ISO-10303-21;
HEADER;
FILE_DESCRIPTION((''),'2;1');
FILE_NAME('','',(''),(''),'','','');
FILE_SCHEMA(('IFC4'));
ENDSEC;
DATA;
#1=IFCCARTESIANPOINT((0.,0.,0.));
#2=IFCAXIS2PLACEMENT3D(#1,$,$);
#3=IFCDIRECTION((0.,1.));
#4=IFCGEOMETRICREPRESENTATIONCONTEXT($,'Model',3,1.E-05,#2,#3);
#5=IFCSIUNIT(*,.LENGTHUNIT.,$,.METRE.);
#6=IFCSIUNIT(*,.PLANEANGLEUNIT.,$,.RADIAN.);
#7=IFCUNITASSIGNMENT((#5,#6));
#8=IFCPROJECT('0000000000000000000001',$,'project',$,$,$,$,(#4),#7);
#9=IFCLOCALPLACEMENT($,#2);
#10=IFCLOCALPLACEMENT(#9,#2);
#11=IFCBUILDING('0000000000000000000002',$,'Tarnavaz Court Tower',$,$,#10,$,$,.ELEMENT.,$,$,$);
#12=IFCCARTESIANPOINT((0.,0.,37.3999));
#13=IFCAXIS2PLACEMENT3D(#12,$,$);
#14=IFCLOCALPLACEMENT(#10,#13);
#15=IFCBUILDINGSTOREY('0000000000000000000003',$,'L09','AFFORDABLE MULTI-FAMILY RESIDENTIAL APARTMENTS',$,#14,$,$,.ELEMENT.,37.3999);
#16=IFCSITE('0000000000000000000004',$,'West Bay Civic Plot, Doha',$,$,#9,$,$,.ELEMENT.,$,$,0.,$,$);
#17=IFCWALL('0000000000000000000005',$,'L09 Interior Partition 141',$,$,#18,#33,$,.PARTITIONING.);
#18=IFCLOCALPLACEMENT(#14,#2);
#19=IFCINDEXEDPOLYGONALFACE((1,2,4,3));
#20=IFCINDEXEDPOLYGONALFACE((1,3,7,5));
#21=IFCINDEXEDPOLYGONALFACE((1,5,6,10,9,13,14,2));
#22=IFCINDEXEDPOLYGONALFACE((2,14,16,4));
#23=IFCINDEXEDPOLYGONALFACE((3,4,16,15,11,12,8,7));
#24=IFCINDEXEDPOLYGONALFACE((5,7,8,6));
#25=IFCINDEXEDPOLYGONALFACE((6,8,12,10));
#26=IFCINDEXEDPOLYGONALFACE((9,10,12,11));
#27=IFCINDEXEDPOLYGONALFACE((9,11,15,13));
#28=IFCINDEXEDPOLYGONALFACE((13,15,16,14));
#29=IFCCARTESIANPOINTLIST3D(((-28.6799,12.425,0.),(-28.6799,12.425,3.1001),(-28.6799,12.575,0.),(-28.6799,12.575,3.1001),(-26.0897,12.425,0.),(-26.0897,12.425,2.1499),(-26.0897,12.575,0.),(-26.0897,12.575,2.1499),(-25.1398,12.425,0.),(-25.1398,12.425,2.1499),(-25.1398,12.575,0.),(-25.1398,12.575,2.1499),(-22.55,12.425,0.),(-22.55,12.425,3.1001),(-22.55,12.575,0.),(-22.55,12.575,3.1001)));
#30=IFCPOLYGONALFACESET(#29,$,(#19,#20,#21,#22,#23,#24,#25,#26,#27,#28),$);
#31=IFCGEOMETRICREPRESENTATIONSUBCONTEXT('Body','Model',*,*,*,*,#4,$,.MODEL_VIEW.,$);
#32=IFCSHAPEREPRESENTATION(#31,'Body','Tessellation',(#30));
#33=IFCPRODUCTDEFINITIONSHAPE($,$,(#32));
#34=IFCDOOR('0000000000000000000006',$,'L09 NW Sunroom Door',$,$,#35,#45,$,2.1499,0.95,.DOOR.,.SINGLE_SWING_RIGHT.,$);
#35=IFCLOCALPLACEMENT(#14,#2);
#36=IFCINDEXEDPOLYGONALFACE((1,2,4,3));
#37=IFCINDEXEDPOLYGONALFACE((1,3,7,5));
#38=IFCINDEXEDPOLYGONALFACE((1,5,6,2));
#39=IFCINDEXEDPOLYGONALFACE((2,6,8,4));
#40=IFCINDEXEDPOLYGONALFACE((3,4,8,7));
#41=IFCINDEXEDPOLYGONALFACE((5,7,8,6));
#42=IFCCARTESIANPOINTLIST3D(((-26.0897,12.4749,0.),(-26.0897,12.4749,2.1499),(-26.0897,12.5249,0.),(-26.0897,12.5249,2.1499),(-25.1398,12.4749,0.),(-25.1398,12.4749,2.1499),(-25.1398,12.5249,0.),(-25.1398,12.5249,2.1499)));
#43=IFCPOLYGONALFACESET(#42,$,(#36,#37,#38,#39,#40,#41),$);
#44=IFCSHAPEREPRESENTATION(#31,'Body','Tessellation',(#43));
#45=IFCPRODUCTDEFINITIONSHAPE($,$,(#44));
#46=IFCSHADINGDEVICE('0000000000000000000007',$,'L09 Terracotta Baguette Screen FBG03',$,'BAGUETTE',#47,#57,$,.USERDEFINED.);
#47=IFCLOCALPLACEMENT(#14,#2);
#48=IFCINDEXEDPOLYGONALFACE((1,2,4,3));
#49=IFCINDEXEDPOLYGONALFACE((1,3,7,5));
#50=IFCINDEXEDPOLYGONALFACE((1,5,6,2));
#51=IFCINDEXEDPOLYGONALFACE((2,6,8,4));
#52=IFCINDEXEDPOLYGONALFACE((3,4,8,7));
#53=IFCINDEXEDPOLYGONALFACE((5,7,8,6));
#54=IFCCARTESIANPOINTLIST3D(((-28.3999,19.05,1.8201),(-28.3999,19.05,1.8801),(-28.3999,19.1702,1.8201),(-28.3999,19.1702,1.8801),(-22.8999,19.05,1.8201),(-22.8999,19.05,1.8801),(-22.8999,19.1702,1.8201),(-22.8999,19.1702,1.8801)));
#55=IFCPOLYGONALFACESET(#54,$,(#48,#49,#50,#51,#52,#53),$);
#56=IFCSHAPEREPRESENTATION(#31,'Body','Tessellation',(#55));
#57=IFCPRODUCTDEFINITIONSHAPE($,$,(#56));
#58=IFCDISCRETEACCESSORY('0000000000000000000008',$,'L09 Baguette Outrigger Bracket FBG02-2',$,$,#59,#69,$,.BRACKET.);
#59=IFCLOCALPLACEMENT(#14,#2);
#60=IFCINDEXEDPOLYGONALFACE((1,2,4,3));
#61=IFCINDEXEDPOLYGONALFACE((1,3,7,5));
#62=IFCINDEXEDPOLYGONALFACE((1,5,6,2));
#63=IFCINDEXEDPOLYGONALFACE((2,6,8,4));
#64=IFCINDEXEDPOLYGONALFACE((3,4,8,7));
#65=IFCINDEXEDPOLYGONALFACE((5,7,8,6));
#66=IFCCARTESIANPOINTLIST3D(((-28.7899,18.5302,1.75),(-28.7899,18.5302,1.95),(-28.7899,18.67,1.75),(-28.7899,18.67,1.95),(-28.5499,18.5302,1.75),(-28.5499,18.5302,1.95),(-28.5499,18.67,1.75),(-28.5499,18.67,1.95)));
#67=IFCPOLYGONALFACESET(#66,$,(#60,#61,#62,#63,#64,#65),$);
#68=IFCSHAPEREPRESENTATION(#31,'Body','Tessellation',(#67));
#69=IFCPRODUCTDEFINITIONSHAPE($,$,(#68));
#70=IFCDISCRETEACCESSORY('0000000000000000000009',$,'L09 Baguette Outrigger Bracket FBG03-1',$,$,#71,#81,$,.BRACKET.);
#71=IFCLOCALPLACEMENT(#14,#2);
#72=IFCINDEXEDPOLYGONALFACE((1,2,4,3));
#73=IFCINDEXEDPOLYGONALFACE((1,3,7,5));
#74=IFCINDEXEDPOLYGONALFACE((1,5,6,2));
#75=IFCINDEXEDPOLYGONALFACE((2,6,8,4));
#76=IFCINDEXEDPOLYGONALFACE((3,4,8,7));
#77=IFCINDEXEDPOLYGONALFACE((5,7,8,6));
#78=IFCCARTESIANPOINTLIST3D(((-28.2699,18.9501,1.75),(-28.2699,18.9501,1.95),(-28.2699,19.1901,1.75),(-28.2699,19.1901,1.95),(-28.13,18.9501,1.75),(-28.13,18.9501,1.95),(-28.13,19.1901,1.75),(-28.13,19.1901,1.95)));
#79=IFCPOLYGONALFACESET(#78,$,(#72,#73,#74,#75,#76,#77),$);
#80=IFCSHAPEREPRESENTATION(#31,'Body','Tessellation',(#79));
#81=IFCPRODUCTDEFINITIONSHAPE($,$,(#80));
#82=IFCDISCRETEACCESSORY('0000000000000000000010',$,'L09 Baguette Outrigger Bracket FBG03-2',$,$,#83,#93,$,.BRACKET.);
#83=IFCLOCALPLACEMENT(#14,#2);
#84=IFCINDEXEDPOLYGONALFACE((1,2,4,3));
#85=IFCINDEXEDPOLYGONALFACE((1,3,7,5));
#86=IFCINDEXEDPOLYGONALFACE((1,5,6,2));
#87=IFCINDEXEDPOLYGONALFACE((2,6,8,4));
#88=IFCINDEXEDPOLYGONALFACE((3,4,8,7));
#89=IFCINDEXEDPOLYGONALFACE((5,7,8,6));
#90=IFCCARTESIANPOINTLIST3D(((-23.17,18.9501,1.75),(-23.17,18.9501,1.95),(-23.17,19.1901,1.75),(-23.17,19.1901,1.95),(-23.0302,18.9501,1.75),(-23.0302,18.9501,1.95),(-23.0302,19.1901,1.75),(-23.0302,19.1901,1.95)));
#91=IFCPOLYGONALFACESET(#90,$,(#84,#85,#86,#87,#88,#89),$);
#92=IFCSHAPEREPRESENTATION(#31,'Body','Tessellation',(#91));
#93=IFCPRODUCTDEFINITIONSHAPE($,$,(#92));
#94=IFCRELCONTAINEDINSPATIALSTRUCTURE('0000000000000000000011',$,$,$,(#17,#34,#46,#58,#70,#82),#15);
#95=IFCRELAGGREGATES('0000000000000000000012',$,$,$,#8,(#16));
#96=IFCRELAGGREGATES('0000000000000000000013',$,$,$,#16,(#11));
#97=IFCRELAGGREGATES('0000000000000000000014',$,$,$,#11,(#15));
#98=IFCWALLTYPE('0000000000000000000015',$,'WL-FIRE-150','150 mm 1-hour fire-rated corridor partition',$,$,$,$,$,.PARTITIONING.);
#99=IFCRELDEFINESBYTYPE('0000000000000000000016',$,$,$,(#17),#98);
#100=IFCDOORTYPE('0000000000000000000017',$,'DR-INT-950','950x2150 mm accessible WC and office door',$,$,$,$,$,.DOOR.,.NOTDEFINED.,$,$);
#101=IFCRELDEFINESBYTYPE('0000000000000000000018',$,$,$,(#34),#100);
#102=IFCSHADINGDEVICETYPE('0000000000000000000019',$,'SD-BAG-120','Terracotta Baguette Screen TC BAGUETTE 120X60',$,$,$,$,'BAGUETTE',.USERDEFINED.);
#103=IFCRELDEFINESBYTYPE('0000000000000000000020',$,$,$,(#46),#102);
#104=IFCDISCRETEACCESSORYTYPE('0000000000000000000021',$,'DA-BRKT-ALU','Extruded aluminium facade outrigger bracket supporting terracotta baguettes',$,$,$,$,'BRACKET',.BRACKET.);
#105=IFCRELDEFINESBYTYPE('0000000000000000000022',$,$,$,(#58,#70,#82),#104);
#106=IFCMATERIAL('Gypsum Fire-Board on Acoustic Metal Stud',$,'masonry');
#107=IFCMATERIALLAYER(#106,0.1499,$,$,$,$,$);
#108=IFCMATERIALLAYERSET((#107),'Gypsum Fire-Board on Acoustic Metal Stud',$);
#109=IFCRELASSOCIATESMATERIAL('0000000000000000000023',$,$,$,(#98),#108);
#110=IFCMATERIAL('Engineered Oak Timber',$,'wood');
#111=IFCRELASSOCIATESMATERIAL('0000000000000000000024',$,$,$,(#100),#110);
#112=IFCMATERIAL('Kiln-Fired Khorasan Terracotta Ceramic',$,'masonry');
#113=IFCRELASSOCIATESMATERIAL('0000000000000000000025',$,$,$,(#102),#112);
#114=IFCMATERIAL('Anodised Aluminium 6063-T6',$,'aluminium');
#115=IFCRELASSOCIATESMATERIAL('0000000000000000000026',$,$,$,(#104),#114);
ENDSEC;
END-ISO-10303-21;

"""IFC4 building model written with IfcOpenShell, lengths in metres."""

from ifc_helpers import new_model, si_unit, direction, frame, frame_2d, origin, origin_2d, place, context, subcontext, project, spatial, rectangle, extrude, material, layer, layer_set, material_profile, profile_set, type_object, element, fill, save


model = new_model("IFC4")

# Units and contexts
model_context = context("Model", 3, precision=1e-05, world=origin(), true_north=direction((0.0, 1.0)))
body_context = subcontext(model_context, "Body", "Model", "MODEL_VIEW")
ifc_project = project(units=[si_unit("LENGTHUNIT", "METRE"), si_unit("PLANEANGLEUNIT", "RADIAN")], contexts=[model_context])

# Site, building, storey
site_placement = place(None, origin())
site = spatial("IfcSite", under=ifc_project, at=site_placement, Name="West Bay Civic Plot, Doha", CompositionType="ELEMENT", RefElevation=0.0)
building_placement = place(site_placement, origin())
building = spatial("IfcBuilding", under=site, at=building_placement, Name="Tarnavaz Court Tower", CompositionType="ELEMENT")
storey_placement = place(building_placement, frame((0.0, 0.0, 37.3999)))
storey = spatial("IfcBuildingStorey", under=building, at=storey_placement, Name="L09", Description="AFFORDABLE MULTI-FAMILY RESIDENTIAL APARTMENTS", CompositionType="ELEMENT", Elevation=37.3999)

# Shared definitions
ifc_material_1 = material(Name="Gypsum Fire-Board on Acoustic Metal Stud", Category="masonry")
ifc_layer_1 = layer(ifc_material_1, 0.1499)
ifc_layer_set_1 = layer_set([ifc_layer_1], Name="Gypsum Fire-Board on Acoustic Metal Stud")
wall_type_1 = type_object("IfcWallType", Name="WL-FIRE-150", Description="150 mm 1-hour fire-rated corridor partition", PredefinedType="PARTITIONING", material=ifc_layer_set_1)

# Wall, opening, door
wall_1_placement = place(storey_placement, frame((-28.6799, 12.5, 0.0), z_axis=(0.0, 0.0, 1.0), x_axis=(1.0, 0.0, 0.0)))
wall_1 = element("IfcWall", 1, at=wall_1_placement, inside=storey, type_object=wall_type_1, Name="L09 Interior Partition 141", PredefinedType="PARTITIONING", context=body_context, shape_type="SweptSolid", body=[
    extrude(rectangle(XDim=6.1299, YDim=0.1499, at=frame_2d((3.0649, 0.0))), origin(), (0.0, 0.0, 1.0), 3.1001),
])
opening_1_placement = place(wall_1_placement, frame((2.5901, 0.0, 0.0)))
opening_1 = element("IfcOpeningElement", 2, at=opening_1_placement, cuts=wall_1, PredefinedType="OPENING", context=body_context, shape_type="SweptSolid", body=[
    extrude(rectangle(XDim=0.95, YDim=2.1499, at=frame_2d((0.4751, 1.075))), frame((0.0, 0.085, 0.0), z_axis=(0.0, -1.0, 0.0), x_axis=(1.0, 0.0, 0.0)), (0.0, 0.0, 1.0), 0.1699),
])
ifc_material_2 = material(Name="Engineered Oak Timber", Category="wood")
door_type_1 = type_object("IfcDoorType", Name="DR-INT-950", Description="950x2150 mm accessible WC and office door", OperationType="NOTDEFINED", PredefinedType="DOOR", material=ifc_material_2)
door_1_placement = place(opening_1_placement, origin())
door_1 = element("IfcDoor", 3, at=door_1_placement, inside=storey, type_object=door_type_1, Name="L09 NW Sunroom Door", OperationType="SINGLE_SWING_RIGHT", OverallHeight=2.1499, OverallWidth=0.95, PredefinedType="DOOR", context=body_context, shape_type="SweptSolid", body=[
    extrude(rectangle(XDim=0.95, YDim=2.1499, at=frame_2d((0.4751, 1.075))), frame((0.0, 0.0249, 0.0), z_axis=(0.0, -1.0, 0.0), x_axis=(1.0, 0.0, 0.0)), (0.0, 0.0, 1.0), 0.05),
])
fill(opening_1, door_1)

# Shading device
ifc_material_3 = material(Name="Kiln-Fired Khorasan Terracotta Ceramic", Category="masonry")
ifc_material_profile_1 = material_profile(ifc_material_3, rectangle(XDim=0.1201, YDim=0.0601, at=origin_2d()), Name="TC BAGUETTE 120X60")
ifc_profile_set_1 = profile_set([ifc_material_profile_1], Name="Kiln-Fired Khorasan Terracotta Ceramic")
shading_device_type = type_object("IfcShadingDeviceType", Name="SD-BAG-120", Description="Terracotta Baguette Screen TC BAGUETTE 120X60", ElementType="BAGUETTE", PredefinedType="USERDEFINED", material=ifc_profile_set_1)
shading_device_placement = place(storey_placement, frame((-28.3999, 19.1101, 1.8501), z_axis=(1.0, 0.0, 0.0), x_axis=(0.0, 1.0, 0.0)))
element("IfcShadingDevice", 4, at=shading_device_placement, inside=storey, type_object=shading_device_type, Name="L09 Terracotta Baguette Screen FBG03", ObjectType="BAGUETTE", PredefinedType="USERDEFINED", context=body_context, shape_type="SweptSolid", body=[
    extrude(rectangle(XDim=0.1201, YDim=0.0601, at=origin_2d()), origin(), (0.0, 0.0, 1.0), 5.5),
])

# Discrete accessories
ifc_material_4 = material(Name="Anodised Aluminium 6063-T6", Category="aluminium")
discrete_accessory_type = type_object("IfcDiscreteAccessoryType", Name="DA-BRKT-ALU", Description="Extruded aluminium facade outrigger bracket supporting terracotta baguettes", ElementType="BRACKET", PredefinedType="BRACKET", material=ifc_material_4)
for number, where, z_axis, x_axis, name in (
    (5, (-28.6699, 18.6001, 1.75), (0.0, 0.0, 1.0), (0.0, 1.0, 0.0), "L09 Baguette Outrigger Bracket FBG02-2"),
    (6, (-28.2, 19.0701, 1.75), (0.0, 0.0, 1.0), (1.0, 0.0, 0.0), "L09 Baguette Outrigger Bracket FBG03-1"),
    (7, (-23.1001, 19.0701, 1.75), (0.0, 0.0, 1.0), (1.0, 0.0, 0.0), "L09 Baguette Outrigger Bracket FBG03-2"),
):
    element("IfcDiscreteAccessory", number, at=place(storey_placement, frame(where, z_axis=z_axis, x_axis=x_axis)), inside=storey, type_object=discrete_accessory_type, Name=name, PredefinedType="BRACKET", context=body_context, shape_type="SweptSolid", body=[
        extrude(rectangle(XDim=0.1399, YDim=0.24, at=origin_2d()), origin(), (0.0, 0.0, 1.0), 0.2),
    ])

save(model, "model.ifc")
